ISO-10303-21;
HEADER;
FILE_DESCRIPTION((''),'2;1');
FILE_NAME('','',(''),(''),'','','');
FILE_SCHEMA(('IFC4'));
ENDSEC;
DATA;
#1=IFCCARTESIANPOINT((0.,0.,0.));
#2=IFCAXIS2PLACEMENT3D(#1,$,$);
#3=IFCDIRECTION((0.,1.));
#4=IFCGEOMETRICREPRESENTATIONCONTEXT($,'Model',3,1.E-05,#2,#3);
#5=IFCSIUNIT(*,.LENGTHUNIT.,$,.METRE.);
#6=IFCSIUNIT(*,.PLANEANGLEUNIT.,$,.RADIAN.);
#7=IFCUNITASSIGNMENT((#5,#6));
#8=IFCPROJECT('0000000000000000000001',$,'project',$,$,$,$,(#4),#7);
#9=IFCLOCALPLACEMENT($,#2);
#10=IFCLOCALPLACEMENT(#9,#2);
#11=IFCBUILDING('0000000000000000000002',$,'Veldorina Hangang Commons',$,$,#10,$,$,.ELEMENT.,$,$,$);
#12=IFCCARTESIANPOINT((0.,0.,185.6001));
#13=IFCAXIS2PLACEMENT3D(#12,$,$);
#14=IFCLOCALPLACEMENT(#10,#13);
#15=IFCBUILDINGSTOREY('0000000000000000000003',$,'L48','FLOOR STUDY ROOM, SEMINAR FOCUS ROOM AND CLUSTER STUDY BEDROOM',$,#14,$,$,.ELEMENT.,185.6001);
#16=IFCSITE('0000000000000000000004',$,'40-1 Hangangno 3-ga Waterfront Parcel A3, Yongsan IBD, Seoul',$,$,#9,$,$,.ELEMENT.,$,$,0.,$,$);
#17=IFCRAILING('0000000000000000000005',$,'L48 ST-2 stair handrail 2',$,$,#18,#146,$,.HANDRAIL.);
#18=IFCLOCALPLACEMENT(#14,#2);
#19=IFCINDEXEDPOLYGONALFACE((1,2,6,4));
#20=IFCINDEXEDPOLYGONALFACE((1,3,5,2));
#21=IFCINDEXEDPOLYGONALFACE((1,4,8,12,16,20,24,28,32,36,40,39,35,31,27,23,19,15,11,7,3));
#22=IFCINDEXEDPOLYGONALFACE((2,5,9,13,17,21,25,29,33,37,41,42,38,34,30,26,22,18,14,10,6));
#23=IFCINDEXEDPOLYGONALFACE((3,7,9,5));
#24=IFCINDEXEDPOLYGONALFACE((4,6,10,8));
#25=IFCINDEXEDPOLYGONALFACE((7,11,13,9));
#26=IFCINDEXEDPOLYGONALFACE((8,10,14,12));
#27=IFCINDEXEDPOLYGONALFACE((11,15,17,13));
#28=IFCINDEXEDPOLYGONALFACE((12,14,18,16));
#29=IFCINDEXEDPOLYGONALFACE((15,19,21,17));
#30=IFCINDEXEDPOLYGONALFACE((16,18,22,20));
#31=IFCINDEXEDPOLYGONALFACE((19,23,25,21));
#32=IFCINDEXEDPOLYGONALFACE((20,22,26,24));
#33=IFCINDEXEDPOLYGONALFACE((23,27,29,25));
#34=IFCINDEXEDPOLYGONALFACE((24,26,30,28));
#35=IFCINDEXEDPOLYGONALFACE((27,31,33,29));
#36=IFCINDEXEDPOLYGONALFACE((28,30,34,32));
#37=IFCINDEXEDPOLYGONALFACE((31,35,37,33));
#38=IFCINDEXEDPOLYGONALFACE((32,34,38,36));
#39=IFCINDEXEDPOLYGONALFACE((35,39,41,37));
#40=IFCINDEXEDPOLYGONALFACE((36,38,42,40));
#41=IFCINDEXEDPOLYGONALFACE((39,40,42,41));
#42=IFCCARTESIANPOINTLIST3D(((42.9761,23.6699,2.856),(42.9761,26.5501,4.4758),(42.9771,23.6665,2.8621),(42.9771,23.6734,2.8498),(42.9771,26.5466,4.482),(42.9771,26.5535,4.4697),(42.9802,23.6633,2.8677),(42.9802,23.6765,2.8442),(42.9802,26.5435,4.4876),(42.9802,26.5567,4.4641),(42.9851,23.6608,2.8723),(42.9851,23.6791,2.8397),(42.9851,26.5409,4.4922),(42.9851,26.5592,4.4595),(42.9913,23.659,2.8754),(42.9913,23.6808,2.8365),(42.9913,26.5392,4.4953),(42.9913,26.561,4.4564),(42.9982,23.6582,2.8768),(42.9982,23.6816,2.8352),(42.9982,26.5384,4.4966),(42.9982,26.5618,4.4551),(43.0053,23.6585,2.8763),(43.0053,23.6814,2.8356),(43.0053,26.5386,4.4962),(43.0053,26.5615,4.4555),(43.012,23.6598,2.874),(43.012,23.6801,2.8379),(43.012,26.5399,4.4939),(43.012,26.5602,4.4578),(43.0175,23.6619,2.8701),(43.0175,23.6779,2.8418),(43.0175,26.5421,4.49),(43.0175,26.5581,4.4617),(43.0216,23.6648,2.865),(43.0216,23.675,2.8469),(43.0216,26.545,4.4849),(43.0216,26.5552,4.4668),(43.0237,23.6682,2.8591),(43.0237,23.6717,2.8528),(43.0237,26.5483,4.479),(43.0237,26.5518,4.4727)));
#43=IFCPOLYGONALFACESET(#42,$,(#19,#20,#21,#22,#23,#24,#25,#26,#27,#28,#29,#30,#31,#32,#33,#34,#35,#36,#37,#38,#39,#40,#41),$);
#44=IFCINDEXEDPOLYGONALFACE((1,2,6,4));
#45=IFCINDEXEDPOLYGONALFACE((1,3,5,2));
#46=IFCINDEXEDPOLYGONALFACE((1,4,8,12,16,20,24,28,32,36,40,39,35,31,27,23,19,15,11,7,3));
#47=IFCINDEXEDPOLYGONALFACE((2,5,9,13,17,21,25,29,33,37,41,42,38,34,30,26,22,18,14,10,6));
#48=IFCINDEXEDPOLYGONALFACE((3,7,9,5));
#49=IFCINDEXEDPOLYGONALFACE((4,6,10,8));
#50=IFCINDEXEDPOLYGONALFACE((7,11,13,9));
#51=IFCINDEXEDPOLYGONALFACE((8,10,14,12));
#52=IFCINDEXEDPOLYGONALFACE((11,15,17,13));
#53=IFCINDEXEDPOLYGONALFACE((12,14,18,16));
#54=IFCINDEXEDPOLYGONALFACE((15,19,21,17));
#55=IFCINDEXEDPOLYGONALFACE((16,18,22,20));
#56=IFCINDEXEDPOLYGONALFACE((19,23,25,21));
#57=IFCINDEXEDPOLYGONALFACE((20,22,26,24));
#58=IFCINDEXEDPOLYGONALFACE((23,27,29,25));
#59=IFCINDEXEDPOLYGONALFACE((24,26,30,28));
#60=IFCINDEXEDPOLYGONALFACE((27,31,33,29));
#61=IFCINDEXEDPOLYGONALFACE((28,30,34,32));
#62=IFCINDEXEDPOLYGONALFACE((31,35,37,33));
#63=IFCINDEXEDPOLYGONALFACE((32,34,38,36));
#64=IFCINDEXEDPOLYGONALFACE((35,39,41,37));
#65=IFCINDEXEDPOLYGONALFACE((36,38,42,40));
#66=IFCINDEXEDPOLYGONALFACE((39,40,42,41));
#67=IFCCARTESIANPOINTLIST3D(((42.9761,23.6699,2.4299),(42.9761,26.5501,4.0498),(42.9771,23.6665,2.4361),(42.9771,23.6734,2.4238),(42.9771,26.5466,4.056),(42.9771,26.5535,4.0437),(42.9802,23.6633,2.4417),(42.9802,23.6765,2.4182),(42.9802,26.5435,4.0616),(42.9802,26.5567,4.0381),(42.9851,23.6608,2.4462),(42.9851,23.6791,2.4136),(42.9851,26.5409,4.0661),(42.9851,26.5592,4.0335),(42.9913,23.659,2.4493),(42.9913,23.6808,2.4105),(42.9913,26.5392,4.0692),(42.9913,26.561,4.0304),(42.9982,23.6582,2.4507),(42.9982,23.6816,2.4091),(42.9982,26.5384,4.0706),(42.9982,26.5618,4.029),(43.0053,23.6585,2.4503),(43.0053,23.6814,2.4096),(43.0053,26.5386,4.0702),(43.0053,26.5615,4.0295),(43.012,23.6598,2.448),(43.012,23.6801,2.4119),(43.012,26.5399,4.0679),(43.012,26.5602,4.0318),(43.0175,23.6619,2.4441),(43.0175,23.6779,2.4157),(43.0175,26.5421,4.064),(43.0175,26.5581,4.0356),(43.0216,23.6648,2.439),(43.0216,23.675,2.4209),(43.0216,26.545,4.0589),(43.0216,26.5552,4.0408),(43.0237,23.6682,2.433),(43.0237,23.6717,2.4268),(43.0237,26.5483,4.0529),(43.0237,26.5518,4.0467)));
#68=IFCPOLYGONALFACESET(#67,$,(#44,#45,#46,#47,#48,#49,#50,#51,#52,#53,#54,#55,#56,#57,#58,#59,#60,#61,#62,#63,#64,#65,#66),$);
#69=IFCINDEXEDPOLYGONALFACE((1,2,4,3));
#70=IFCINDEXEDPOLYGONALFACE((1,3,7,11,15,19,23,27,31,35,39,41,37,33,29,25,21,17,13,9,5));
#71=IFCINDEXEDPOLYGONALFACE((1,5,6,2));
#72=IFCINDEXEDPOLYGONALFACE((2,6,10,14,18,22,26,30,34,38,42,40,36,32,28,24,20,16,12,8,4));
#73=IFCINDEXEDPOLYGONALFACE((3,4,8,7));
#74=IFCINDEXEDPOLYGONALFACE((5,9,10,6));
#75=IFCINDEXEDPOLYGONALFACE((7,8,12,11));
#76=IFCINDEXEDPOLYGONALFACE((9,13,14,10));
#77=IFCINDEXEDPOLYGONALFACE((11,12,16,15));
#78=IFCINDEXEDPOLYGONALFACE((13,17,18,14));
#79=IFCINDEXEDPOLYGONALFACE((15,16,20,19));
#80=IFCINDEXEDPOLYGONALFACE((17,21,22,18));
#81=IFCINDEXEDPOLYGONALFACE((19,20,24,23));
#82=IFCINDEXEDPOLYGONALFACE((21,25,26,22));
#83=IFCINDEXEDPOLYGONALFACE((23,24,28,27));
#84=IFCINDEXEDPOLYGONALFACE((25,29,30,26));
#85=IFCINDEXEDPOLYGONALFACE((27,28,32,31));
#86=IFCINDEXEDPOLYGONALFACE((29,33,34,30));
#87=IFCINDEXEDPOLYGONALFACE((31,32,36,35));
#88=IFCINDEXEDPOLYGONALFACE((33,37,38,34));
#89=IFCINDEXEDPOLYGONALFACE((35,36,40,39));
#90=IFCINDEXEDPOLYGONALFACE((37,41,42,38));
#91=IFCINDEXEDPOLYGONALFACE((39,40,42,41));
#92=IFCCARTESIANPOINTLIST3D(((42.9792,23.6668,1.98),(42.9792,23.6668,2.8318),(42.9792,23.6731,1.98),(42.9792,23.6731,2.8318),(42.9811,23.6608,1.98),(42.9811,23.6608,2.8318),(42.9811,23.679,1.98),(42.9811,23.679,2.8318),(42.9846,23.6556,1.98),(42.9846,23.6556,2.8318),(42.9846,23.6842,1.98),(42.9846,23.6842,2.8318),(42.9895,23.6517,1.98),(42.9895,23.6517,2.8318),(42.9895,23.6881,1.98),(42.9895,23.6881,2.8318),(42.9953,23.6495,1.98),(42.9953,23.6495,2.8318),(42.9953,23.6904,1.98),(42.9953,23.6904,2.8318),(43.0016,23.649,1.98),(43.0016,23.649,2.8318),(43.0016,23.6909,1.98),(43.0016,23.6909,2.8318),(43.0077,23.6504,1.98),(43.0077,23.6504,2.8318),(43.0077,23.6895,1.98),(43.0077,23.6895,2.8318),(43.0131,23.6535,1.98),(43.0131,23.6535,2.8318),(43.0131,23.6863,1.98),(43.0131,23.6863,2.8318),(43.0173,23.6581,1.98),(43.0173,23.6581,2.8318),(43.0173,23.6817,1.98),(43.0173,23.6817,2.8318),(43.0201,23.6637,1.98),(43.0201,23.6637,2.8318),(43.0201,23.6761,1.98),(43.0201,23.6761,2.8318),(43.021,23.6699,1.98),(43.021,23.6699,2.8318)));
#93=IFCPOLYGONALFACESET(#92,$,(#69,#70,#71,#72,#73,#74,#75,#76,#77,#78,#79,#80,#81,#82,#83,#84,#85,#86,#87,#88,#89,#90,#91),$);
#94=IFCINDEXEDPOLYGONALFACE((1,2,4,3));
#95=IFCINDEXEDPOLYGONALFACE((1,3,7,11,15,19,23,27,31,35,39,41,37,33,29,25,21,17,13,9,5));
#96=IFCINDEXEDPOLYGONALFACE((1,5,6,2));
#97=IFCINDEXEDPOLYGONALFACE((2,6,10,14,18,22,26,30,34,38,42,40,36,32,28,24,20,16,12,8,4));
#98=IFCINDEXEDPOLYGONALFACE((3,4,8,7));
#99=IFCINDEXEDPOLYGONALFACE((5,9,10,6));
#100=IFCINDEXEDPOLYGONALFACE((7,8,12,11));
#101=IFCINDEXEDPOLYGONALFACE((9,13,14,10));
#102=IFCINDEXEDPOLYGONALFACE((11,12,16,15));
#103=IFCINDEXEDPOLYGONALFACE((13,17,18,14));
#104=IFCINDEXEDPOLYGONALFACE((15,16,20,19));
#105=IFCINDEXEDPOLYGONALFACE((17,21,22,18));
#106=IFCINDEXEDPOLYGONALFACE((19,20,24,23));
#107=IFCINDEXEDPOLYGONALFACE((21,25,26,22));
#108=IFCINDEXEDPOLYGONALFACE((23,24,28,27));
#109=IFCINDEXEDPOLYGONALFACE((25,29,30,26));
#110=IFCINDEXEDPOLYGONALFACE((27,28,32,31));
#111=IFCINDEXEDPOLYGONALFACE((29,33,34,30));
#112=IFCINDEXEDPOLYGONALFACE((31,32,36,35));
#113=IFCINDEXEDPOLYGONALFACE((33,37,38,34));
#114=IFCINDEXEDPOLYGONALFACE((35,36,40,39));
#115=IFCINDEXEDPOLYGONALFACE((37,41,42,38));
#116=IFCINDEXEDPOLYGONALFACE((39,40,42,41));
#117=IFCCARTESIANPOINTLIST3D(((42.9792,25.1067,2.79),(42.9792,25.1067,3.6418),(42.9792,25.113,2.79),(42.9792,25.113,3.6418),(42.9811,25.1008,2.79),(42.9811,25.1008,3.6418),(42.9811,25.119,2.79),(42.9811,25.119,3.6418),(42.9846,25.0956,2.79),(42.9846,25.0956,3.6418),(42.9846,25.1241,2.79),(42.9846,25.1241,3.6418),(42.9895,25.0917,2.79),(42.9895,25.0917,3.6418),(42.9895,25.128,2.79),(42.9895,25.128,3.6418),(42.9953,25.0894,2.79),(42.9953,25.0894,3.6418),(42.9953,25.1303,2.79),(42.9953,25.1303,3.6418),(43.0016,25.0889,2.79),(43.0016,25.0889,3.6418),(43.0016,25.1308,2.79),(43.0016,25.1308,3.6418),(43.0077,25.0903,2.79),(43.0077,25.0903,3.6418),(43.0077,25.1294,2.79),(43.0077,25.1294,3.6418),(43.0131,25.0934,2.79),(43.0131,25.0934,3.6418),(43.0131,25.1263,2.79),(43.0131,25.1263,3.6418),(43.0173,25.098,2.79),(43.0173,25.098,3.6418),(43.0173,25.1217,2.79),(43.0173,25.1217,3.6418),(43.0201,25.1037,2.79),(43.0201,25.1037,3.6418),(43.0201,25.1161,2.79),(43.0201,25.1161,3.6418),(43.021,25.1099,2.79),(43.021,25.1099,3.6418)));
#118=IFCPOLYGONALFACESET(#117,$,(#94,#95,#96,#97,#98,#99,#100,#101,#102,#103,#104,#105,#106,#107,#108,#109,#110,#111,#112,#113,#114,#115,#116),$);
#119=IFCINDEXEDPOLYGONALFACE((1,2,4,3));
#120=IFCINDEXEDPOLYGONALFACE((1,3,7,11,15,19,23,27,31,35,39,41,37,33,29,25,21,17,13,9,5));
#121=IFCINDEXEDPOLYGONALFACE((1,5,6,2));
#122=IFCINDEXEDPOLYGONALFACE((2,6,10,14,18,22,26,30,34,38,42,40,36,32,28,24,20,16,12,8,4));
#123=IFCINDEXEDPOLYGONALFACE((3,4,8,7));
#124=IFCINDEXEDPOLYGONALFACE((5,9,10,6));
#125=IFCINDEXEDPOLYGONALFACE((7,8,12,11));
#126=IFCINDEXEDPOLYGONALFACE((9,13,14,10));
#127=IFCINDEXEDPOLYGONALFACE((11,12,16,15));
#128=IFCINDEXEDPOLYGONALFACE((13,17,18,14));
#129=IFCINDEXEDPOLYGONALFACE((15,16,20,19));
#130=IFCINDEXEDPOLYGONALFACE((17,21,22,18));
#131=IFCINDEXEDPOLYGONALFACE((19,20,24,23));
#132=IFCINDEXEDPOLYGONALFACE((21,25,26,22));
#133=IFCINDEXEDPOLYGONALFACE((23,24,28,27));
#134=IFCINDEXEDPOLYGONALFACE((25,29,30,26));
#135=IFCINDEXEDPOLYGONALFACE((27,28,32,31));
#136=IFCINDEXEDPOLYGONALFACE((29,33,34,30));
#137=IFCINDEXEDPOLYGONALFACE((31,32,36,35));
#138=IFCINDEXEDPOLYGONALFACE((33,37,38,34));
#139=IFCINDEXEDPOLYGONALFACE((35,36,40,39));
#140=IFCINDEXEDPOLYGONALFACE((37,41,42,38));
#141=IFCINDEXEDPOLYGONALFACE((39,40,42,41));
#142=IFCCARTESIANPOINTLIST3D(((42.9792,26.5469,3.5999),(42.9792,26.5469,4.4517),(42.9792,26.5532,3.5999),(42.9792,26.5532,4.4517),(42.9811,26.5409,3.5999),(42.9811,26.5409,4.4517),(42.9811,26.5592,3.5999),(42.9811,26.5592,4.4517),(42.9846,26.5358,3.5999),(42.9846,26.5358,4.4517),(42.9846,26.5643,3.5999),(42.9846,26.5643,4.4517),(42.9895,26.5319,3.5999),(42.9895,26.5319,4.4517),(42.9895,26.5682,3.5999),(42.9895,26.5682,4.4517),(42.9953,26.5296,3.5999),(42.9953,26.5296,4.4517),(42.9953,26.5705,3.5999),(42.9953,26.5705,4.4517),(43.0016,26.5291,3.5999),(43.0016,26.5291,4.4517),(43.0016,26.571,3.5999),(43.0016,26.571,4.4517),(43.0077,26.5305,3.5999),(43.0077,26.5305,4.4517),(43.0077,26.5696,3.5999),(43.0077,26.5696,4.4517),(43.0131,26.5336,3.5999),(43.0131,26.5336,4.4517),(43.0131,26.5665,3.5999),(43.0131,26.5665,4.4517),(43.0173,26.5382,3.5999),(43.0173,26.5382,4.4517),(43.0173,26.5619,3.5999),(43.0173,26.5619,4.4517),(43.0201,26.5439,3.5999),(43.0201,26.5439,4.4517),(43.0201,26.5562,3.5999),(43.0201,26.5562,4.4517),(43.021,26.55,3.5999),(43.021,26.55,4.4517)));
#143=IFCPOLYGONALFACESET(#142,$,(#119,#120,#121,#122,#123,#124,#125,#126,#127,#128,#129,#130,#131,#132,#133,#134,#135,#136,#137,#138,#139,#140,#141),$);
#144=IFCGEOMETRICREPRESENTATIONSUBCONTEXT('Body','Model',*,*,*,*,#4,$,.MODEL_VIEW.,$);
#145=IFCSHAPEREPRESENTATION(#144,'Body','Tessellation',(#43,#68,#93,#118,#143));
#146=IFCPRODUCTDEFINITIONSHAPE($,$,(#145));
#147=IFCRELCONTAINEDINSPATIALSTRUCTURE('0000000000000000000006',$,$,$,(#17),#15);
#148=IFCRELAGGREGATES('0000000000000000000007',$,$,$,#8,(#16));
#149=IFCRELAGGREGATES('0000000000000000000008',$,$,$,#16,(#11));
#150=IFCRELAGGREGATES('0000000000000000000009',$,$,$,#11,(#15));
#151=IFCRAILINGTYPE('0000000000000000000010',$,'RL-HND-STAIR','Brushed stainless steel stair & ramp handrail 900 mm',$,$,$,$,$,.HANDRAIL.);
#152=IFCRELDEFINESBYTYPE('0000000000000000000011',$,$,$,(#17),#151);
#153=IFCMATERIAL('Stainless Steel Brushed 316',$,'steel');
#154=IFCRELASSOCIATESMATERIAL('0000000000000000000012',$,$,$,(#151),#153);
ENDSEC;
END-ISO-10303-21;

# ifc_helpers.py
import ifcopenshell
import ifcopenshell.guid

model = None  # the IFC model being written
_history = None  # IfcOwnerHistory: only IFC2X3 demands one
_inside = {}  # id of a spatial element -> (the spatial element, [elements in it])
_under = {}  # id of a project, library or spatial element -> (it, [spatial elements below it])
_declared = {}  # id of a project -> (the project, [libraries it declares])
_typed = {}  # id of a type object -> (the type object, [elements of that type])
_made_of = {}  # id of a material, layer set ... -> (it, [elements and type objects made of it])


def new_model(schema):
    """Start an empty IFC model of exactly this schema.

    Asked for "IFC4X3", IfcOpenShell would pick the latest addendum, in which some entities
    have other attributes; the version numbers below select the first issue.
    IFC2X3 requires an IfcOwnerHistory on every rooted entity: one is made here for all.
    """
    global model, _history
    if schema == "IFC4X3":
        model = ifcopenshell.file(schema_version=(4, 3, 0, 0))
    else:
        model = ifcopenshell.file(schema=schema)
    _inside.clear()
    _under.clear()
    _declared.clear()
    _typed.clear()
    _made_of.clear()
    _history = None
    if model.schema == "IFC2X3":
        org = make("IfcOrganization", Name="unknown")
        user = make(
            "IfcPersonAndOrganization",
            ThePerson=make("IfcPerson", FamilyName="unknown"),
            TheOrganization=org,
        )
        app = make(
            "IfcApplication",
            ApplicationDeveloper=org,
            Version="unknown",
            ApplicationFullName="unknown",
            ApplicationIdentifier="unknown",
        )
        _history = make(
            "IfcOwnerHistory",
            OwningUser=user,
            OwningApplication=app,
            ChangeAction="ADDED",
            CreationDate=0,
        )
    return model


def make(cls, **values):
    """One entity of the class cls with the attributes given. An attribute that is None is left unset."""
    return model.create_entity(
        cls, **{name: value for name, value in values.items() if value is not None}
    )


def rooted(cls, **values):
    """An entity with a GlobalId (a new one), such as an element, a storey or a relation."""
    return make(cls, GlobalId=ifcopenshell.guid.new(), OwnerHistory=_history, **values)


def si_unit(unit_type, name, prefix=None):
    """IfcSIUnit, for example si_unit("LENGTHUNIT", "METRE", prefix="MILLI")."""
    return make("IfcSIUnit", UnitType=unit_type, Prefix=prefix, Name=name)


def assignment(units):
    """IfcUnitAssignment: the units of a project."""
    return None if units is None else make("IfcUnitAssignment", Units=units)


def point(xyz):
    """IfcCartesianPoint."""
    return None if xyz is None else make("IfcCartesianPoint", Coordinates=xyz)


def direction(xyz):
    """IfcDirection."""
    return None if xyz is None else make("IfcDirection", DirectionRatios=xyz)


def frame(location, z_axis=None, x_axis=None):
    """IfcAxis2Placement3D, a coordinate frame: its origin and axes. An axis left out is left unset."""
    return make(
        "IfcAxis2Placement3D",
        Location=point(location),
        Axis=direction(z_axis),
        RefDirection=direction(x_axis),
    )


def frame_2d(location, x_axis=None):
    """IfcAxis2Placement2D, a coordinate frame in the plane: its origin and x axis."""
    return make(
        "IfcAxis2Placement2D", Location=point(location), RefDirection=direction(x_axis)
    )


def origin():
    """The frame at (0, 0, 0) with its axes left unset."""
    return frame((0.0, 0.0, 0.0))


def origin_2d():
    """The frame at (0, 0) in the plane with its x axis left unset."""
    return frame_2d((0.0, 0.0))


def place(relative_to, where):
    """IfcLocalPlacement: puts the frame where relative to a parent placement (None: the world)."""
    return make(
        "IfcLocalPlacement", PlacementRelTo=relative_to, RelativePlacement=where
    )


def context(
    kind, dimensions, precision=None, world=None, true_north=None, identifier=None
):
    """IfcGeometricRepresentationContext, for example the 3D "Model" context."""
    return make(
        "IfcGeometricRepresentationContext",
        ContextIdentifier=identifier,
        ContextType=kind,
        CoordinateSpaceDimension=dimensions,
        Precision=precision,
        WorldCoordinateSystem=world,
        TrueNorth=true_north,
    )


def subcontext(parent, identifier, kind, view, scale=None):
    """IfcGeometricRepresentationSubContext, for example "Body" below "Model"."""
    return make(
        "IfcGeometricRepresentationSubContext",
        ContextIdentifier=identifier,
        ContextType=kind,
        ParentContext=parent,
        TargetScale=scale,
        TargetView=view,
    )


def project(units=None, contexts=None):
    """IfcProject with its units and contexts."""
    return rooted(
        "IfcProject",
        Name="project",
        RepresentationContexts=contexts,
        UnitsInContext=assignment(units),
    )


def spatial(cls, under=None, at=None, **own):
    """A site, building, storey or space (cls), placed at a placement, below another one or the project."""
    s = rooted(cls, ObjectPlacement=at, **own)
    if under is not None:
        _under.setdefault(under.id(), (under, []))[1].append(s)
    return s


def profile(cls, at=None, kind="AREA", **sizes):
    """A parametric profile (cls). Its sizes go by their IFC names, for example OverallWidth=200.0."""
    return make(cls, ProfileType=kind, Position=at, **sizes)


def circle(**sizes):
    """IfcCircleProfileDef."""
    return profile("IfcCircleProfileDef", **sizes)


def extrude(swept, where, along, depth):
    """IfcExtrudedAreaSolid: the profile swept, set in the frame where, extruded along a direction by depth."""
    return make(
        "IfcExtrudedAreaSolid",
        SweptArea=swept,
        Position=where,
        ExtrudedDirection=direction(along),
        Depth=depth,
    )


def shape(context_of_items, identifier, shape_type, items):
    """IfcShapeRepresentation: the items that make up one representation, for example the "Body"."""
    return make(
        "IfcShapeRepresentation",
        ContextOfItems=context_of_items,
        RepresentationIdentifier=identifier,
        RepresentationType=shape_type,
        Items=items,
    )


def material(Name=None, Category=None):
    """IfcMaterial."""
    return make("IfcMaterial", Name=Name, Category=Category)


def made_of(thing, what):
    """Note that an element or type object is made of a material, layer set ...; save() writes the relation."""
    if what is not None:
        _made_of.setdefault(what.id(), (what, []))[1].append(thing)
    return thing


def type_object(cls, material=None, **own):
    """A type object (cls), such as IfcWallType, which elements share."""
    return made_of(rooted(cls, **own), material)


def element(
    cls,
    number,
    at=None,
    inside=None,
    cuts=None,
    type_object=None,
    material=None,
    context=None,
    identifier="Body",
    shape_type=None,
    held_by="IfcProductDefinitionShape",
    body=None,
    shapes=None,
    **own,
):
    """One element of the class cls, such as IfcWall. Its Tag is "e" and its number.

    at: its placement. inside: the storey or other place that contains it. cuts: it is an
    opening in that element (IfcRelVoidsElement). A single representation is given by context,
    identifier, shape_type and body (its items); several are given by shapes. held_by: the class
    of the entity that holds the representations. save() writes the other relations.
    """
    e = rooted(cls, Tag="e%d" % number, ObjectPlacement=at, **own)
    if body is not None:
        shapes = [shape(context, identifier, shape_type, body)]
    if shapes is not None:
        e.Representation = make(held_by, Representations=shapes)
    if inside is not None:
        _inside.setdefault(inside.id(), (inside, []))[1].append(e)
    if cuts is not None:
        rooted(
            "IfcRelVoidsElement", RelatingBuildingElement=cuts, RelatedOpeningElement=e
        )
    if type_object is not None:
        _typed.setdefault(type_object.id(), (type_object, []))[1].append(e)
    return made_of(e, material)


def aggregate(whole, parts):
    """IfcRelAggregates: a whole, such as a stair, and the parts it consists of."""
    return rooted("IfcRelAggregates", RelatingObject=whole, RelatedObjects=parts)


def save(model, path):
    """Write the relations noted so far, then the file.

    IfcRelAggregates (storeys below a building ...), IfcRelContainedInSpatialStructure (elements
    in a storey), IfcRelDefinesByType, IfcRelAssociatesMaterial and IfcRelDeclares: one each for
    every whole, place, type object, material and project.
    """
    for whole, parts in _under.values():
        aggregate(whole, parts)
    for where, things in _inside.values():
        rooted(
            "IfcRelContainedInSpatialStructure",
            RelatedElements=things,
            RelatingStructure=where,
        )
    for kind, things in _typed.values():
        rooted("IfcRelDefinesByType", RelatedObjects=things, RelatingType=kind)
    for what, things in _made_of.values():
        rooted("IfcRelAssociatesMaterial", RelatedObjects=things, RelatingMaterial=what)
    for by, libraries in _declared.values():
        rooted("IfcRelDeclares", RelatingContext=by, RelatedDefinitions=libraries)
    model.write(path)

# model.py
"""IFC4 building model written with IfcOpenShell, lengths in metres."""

from ifc_helpers import new_model, si_unit, direction, frame, origin, origin_2d, place, context, subcontext, project, spatial, circle, extrude, material, type_object, element, save


model = new_model("IFC4")

# Units and contexts
model_context = context("Model", 3, precision=1e-05, world=origin(), true_north=direction((0.0, 1.0)))
body_context = subcontext(model_context, "Body", "Model", "MODEL_VIEW")
ifc_project = project(units=[si_unit("LENGTHUNIT", "METRE"), si_unit("PLANEANGLEUNIT", "RADIAN")], contexts=[model_context])

# Site, building, storey
site_placement = place(None, origin())
site = spatial("IfcSite", under=ifc_project, at=site_placement, Name="40-1 Hangangno 3-ga Waterfront Parcel A3, Yongsan IBD, Seoul", CompositionType="ELEMENT", RefElevation=0.0)
building_placement = place(site_placement, origin())
building = spatial("IfcBuilding", under=site, at=building_placement, Name="Veldorina Hangang Commons", CompositionType="ELEMENT")
storey_placement = place(building_placement, frame((0.0, 0.0, 185.6001)))
storey = spatial("IfcBuildingStorey", under=building, at=storey_placement, Name="L48", Description="FLOOR STUDY ROOM, SEMINAR FOCUS ROOM AND CLUSTER STUDY BEDROOM", CompositionType="ELEMENT", Elevation=185.6001)

# Railing
ifc_material_1 = material(Name="Stainless Steel Brushed 316", Category="steel")
railing_type_1 = type_object("IfcRailingType", Name="RL-HND-STAIR", Description="Brushed stainless steel stair & ramp handrail 900 mm", PredefinedType="HANDRAIL", material=ifc_material_1)
railing_1_placement = place(storey_placement, frame((43.0, 23.6699, 1.98)))
element("IfcRailing", 1, at=railing_1_placement, inside=storey, type_object=railing_type_1, Name="L48 ST-2 stair handrail 2", PredefinedType="HANDRAIL", context=body_context, shape_type="SweptSolid", body=[
    extrude(circle(Radius=0.0239, at=origin_2d()), frame((0.0, 0.0, 0.876), z_axis=(0.0, 0.871601, 0.490216), x_axis=(-1.0, 0.0, 0.0)), (0.0, 0.0, 1.0), 3.3044),
    extrude(circle(Radius=0.0239, at=origin_2d()), frame((0.0, 0.0, 0.45), z_axis=(0.0, 0.871601, 0.490216), x_axis=(-1.0, 0.0, 0.0)), (0.0, 0.0, 1.0), 3.3044),
    extrude(circle(Radius=0.021, at=origin_2d()), origin(), (0.0, 0.0, 1.0), 0.8518),
    extrude(circle(Radius=0.021, at=origin_2d()), frame((0.0, 1.4399, 0.8101)), (0.0, 0.0, 1.0), 0.8518),
    extrude(circle(Radius=0.021, at=origin_2d()), frame((0.0, 2.8801, 1.6199)), (0.0, 0.0, 1.0), 0.8518),
])

save(model, "model.ifc")
